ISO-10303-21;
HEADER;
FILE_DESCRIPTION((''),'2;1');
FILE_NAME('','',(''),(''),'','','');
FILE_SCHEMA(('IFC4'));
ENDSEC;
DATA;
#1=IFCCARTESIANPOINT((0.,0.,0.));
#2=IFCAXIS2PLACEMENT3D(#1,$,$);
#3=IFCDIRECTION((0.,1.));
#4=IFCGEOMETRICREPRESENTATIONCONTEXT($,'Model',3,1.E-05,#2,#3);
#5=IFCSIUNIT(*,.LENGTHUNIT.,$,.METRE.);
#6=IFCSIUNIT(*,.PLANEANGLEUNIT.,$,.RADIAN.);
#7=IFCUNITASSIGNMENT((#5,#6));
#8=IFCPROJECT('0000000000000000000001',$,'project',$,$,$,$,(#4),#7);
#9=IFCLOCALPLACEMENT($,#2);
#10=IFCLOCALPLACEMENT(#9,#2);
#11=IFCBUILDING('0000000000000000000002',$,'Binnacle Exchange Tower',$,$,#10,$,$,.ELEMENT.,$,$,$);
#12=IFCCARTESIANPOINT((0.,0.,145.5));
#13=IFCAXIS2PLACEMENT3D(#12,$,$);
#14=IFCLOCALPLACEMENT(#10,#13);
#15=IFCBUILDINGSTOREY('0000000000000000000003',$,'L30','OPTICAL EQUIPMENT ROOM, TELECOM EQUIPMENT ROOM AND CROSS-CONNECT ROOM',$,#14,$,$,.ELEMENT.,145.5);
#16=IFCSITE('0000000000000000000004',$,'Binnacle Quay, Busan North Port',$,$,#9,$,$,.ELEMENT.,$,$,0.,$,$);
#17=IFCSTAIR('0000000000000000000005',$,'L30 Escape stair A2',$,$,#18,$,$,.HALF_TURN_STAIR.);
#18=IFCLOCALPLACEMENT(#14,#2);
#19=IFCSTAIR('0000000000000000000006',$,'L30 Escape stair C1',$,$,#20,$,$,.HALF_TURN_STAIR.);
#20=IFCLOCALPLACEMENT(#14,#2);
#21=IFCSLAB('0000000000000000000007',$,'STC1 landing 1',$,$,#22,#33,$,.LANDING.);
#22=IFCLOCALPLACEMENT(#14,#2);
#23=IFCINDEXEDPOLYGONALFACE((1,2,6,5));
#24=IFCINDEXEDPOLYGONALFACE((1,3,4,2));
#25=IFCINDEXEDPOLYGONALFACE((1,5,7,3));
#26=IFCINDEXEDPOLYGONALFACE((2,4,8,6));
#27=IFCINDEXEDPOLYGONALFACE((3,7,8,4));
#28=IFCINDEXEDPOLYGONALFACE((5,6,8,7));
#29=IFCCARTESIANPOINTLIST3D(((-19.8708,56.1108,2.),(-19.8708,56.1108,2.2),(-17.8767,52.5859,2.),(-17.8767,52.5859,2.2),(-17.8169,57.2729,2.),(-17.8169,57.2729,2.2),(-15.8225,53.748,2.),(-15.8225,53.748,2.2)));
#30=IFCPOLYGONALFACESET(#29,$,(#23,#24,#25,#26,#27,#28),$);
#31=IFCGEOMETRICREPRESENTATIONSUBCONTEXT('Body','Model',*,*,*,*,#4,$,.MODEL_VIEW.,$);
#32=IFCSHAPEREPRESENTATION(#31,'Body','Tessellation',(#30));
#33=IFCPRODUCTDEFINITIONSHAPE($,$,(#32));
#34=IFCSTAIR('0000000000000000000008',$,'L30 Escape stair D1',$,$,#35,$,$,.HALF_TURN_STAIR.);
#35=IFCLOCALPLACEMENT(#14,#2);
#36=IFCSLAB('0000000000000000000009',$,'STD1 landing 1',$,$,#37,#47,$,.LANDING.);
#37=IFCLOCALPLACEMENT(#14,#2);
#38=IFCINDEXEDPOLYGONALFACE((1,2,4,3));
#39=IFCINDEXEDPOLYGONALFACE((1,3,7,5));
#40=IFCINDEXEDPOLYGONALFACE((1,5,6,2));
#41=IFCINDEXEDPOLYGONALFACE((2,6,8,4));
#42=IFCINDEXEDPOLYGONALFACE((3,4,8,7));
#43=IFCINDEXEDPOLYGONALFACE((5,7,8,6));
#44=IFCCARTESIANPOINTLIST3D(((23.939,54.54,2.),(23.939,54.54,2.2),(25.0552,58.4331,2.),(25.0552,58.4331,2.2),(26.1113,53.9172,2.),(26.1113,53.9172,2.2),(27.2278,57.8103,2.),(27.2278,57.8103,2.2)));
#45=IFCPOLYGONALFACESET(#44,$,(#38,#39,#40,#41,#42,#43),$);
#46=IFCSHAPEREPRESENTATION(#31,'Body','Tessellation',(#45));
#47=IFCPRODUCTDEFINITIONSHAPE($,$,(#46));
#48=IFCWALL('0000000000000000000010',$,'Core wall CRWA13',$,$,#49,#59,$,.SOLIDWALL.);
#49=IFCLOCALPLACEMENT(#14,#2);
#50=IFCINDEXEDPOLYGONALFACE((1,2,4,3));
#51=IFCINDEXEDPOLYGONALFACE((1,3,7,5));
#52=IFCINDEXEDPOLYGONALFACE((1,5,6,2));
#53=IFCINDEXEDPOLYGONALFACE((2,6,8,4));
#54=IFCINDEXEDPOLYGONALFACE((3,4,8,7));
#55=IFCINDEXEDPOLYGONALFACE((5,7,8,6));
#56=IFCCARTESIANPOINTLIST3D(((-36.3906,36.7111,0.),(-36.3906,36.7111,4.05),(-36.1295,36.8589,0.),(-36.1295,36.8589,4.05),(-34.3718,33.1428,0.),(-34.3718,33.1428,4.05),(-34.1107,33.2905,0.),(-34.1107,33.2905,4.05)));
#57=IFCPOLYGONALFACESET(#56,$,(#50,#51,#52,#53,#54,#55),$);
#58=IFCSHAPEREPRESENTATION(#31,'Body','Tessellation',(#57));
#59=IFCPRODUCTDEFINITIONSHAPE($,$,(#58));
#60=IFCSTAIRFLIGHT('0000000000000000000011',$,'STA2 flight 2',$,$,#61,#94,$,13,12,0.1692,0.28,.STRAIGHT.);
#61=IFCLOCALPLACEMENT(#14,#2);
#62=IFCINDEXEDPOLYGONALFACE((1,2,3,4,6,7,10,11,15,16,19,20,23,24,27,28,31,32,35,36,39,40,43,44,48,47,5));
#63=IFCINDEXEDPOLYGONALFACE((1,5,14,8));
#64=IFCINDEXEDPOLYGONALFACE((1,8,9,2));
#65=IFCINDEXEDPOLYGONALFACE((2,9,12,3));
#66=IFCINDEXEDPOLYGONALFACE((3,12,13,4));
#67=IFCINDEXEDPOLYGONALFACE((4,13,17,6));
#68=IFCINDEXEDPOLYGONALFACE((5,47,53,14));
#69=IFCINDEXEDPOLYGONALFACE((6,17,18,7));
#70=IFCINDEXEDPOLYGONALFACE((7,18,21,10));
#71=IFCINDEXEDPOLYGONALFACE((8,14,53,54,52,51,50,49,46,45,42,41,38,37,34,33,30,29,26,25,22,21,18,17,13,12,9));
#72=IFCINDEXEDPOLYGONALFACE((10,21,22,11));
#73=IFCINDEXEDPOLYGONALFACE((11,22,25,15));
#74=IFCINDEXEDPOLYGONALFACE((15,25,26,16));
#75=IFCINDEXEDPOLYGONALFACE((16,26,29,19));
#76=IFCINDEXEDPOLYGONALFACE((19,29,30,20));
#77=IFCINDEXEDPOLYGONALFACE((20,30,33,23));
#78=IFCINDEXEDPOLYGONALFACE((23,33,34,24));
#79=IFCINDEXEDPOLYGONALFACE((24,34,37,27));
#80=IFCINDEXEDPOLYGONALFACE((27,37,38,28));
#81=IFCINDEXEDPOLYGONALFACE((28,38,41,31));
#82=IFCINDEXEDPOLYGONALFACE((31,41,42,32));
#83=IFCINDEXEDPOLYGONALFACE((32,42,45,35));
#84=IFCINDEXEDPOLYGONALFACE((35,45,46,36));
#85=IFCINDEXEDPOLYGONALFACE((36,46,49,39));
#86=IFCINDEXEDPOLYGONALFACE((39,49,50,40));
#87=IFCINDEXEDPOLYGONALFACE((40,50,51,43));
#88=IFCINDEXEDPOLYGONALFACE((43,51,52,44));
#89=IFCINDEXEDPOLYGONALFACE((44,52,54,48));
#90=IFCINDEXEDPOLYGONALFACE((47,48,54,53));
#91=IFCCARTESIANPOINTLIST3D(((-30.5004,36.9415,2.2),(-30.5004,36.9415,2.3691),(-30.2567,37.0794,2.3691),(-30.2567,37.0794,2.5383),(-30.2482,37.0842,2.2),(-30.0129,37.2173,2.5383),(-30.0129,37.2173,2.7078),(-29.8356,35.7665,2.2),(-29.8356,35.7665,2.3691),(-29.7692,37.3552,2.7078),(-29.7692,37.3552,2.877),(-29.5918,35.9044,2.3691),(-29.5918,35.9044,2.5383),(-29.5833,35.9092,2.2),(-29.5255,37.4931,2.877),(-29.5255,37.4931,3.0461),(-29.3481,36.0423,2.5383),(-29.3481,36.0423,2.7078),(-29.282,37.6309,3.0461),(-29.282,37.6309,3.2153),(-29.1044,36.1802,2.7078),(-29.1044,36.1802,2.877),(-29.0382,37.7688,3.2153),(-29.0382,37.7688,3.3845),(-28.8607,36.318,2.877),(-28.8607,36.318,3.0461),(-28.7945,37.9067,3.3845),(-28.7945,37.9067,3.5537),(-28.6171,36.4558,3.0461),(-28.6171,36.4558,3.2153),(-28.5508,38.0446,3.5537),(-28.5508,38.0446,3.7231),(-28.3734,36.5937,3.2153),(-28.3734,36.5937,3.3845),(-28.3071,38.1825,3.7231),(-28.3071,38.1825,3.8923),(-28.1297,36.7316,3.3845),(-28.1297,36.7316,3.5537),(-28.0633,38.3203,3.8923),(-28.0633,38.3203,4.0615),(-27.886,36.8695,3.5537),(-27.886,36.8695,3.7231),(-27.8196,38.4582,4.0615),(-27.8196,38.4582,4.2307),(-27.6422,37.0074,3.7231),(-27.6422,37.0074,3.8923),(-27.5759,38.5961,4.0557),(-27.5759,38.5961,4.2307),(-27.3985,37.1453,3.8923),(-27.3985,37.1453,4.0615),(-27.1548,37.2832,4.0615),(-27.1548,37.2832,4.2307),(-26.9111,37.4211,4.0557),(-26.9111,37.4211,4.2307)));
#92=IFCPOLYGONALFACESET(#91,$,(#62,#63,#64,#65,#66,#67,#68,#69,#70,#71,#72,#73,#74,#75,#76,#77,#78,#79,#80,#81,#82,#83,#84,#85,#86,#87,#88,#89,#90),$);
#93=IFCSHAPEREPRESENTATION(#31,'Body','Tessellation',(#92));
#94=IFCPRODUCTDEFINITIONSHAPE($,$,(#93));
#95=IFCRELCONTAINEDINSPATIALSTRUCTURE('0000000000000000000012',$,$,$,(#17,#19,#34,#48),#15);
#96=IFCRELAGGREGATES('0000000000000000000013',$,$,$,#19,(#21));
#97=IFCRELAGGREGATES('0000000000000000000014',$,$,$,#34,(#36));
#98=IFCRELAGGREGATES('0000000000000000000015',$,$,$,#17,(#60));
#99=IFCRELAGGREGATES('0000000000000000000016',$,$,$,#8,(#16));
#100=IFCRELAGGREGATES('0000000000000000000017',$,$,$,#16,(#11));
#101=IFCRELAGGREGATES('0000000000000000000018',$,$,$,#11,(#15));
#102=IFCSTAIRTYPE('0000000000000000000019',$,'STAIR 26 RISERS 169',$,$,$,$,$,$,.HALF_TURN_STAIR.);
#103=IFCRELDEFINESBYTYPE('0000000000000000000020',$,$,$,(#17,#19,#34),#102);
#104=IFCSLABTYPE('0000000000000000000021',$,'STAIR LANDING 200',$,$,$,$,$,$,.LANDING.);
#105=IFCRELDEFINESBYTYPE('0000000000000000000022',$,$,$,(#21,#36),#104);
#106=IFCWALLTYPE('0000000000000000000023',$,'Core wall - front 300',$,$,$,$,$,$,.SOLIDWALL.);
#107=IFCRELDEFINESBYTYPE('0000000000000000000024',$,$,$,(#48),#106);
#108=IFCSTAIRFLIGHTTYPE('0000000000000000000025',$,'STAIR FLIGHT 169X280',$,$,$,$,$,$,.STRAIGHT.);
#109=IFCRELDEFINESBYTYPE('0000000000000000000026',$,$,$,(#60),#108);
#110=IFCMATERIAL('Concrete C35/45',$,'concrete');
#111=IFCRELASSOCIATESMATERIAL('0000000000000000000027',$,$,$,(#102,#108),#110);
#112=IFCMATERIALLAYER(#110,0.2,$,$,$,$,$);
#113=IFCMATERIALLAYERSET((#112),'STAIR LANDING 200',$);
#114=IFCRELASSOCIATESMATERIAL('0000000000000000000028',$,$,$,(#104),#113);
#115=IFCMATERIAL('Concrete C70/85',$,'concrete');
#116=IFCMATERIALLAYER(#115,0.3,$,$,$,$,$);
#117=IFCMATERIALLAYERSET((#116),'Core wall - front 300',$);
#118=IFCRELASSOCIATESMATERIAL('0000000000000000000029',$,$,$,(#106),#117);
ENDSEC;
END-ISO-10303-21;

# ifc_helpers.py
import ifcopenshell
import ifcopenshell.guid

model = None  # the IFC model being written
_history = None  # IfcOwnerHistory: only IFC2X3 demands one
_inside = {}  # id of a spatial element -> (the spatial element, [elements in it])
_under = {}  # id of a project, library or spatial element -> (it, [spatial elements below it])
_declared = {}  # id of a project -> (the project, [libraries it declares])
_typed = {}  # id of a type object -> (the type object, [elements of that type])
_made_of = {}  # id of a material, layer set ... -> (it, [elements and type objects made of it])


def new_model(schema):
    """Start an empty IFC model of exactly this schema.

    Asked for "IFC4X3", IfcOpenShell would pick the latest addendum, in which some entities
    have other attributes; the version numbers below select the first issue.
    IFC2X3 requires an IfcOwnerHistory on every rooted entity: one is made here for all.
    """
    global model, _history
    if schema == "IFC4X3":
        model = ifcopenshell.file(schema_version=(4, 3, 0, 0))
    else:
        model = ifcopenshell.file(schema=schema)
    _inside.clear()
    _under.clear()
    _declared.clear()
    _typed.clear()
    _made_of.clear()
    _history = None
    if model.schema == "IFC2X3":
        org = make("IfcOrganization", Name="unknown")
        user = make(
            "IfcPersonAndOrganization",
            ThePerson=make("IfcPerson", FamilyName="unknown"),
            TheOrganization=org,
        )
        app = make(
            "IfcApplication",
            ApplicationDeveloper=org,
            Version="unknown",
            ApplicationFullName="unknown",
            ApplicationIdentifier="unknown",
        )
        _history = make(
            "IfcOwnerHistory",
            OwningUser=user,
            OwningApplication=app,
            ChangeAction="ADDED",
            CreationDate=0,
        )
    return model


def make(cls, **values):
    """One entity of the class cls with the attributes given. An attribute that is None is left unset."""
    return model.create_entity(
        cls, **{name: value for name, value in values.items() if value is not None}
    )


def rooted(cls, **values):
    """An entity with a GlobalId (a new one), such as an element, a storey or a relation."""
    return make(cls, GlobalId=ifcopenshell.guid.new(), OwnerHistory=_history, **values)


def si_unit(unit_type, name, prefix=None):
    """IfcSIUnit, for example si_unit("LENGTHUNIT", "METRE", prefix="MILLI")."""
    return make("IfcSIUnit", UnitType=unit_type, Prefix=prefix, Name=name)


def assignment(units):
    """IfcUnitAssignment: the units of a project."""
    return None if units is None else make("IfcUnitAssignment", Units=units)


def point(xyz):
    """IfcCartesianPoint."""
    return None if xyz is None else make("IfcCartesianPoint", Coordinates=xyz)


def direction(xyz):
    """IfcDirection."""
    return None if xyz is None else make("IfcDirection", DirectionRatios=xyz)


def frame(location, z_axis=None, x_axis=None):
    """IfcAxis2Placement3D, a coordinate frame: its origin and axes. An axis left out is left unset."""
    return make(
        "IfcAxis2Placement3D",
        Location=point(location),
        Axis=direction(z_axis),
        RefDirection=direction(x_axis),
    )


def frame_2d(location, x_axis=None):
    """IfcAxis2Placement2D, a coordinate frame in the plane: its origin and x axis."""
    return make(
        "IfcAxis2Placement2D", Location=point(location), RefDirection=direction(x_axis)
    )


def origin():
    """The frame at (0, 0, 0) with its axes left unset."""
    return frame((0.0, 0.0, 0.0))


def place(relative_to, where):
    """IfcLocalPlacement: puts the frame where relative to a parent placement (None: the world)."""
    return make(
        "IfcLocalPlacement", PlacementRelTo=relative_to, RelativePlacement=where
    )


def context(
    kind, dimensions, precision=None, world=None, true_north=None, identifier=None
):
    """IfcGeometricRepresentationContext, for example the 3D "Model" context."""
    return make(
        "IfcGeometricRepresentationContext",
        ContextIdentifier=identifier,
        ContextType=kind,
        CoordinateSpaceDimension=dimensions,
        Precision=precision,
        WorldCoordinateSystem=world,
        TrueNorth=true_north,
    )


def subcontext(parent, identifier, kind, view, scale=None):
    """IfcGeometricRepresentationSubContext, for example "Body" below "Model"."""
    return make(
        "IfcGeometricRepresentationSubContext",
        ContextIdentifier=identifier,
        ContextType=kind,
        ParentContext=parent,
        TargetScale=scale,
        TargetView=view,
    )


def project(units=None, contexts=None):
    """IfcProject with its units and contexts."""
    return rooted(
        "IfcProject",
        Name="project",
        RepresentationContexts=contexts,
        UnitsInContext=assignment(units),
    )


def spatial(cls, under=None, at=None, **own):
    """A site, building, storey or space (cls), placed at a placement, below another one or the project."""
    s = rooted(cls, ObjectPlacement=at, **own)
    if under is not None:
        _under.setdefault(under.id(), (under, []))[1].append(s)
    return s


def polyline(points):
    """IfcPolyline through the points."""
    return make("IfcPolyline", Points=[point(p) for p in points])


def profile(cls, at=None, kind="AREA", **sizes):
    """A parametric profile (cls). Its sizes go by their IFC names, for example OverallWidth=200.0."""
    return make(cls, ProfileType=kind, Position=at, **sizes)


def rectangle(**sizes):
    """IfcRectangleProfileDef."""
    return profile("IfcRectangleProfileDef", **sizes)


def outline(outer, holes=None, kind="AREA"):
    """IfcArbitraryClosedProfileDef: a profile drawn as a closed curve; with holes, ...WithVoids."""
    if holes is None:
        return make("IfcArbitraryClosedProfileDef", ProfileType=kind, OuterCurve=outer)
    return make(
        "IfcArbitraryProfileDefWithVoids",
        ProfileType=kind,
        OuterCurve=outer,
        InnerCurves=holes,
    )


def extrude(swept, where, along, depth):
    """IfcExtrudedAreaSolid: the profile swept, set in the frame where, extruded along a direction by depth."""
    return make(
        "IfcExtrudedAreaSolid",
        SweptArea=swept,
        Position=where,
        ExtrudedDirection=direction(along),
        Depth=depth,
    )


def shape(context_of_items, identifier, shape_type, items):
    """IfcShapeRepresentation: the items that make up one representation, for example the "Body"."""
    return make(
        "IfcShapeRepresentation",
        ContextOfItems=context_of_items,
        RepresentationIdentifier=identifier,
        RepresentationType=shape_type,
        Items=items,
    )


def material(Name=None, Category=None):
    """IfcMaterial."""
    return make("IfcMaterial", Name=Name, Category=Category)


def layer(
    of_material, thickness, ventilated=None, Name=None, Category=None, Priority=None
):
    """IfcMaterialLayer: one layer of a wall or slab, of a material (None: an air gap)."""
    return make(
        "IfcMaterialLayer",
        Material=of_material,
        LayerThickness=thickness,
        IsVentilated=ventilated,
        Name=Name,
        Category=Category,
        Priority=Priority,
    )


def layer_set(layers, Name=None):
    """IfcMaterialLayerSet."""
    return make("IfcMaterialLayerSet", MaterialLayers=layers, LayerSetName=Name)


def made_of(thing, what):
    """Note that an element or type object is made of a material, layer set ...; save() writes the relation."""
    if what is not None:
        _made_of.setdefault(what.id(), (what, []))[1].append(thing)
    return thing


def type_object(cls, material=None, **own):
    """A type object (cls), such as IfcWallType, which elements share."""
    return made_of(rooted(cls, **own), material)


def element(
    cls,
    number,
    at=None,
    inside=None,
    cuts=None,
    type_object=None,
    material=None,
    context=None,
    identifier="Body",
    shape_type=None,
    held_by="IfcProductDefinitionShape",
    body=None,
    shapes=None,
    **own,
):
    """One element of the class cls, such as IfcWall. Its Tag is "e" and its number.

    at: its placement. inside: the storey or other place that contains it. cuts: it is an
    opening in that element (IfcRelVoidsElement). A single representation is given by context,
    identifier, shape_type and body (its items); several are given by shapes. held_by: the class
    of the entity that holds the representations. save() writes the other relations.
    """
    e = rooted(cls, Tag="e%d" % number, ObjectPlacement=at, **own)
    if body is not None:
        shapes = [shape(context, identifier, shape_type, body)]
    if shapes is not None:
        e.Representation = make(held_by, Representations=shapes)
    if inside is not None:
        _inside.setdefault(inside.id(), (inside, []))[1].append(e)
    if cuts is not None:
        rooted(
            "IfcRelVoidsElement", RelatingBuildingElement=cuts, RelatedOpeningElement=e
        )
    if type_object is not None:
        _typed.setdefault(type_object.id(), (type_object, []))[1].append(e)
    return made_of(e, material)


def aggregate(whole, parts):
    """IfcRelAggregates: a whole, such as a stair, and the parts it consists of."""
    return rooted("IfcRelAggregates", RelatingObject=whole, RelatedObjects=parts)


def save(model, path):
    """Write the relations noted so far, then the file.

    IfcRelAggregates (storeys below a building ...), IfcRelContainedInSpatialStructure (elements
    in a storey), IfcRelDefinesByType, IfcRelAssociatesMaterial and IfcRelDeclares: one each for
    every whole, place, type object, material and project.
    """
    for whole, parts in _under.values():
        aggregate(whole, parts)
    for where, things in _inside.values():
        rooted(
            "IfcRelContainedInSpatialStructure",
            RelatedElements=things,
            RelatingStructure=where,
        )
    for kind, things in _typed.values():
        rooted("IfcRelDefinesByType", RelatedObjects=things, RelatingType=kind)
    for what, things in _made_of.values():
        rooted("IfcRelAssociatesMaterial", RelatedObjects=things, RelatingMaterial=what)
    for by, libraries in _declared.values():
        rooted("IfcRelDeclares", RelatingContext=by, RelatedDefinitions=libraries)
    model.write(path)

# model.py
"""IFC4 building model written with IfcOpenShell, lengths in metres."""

from ifc_helpers import new_model, si_unit, direction, frame, frame_2d, origin, place, context, subcontext, project, spatial, polyline, rectangle, outline, extrude, material, layer, layer_set, type_object, element, aggregate, save


model = new_model("IFC4")

# Units and contexts
model_context = context("Model", 3, precision=1e-05, world=origin(), true_north=direction((0.0, 1.0)))
body_context = subcontext(model_context, "Body", "Model", "MODEL_VIEW")
ifc_project = project(units=[si_unit("LENGTHUNIT", "METRE"), si_unit("PLANEANGLEUNIT", "RADIAN")], contexts=[model_context])

# Site, building, storey
site_placement = place(None, origin())
site = spatial("IfcSite", under=ifc_project, at=site_placement, Name="Binnacle Quay, Busan North Port", CompositionType="ELEMENT", RefElevation=0.0)
building_placement = place(site_placement, origin())
building = spatial("IfcBuilding", under=site, at=building_placement, Name="Binnacle Exchange Tower", CompositionType="ELEMENT")
storey_placement = place(building_placement, frame((0.0, 0.0, 145.5)))
storey = spatial("IfcBuildingStorey", under=building, at=storey_placement, Name="L30", Description="OPTICAL EQUIPMENT ROOM, TELECOM EQUIPMENT ROOM AND CROSS-CONNECT ROOM", CompositionType="ELEMENT", Elevation=145.5)

# Shared definitions
ifc_material_1 = material(Name="Concrete C70/85", Category="concrete")

# Shared definitions
ifc_material_2 = material(Name="Concrete C35/45", Category="concrete")

# Stairs, slabs
stair_type = type_object("IfcStairType", Name="STAIR 26 RISERS 169", PredefinedType="HALF_TURN_STAIR", material=ifc_material_2)
ifc_layer_1 = layer(ifc_material_2, 0.2)
ifc_layer_set_1 = layer_set([ifc_layer_1], Name="STAIR LANDING 200")
slab_type_1 = type_object("IfcSlabType", Name="STAIR LANDING 200", PredefinedType="LANDING", material=ifc_layer_set_1)
stair_1_placement = place(storey_placement, origin())
stair_1 = element("IfcStair", 1, at=stair_1_placement, inside=storey, type_object=stair_type, Name="L30 Escape stair A2", PredefinedType="HALF_TURN_STAIR")
stair_2_placement = place(storey_placement, origin())
stair_2 = element("IfcStair", 2, at=stair_2_placement, inside=storey, type_object=stair_type, Name="L30 Escape stair C1", PredefinedType="HALF_TURN_STAIR")
slab_1_placement = place(storey_placement, frame((0.0, 0.0, 2.0)))
slab_1 = element("IfcSlab", 3, at=slab_1_placement, type_object=slab_type_1, Name="STC1 landing 1", PredefinedType="LANDING", context=body_context, shape_type="SweptSolid", body=[
    extrude(outline(polyline([(-17.8767, 52.5859), (-15.8225, 53.748), (-17.8169, 57.2729), (-19.8708, 56.1108), (-17.8767, 52.5859)])), origin(), (0.0, 0.0, 1.0), 0.2),
])
aggregate(stair_2, [slab_1])
stair_3_placement = place(storey_placement, origin())
stair_3 = element("IfcStair", 4, at=stair_3_placement, inside=storey, type_object=stair_type, Name="L30 Escape stair D1", PredefinedType="HALF_TURN_STAIR")
slab_2_placement = place(storey_placement, frame((0.0, 0.0, 2.0)))
slab_2 = element("IfcSlab", 5, at=slab_2_placement, type_object=slab_type_1, Name="STD1 landing 1", PredefinedType="LANDING", context=body_context, shape_type="SweptSolid", body=[
    extrude(outline(polyline([(23.939, 54.54), (26.1113, 53.9172), (27.2278, 57.8103), (25.0552, 58.4331), (23.939, 54.54)])), origin(), (0.0, 0.0, 1.0), 0.2),
])
aggregate(stair_3, [slab_2])

# Wall
ifc_layer_2 = layer(ifc_material_1, 0.3)
ifc_layer_set_2 = layer_set([ifc_layer_2], Name="Core wall - front 300")
wall_type = type_object("IfcWallType", Name="Core wall - front 300", PredefinedType="SOLIDWALL", material=ifc_layer_set_2)
wall_placement = place(storey_placement, frame((-36.26, 36.7849, 0.0), z_axis=(0.0, 0.0, 1.0), x_axis=(0.492408, -0.870364, 0.0)))
element("IfcWall", 6, at=wall_placement, inside=storey, type_object=wall_type, Name="Core wall CRWA13", PredefinedType="SOLIDWALL", context=body_context, shape_type="SweptSolid", body=[
    extrude(rectangle(XDim=4.0999, YDim=0.3, at=frame_2d((2.0498, 0.0))), origin(), (0.0, 0.0, 1.0), 4.05),
])

# Stair flight
stair_flight_type = type_object("IfcStairFlightType", Name="STAIR FLIGHT 169X280", PredefinedType="STRAIGHT", material=ifc_material_2)
stair_flight_placement = place(storey_placement, frame((-30.168, 36.354, 2.2), z_axis=(0.0, 0.0, 1.0), x_axis=(0.870356, 0.492424, 0.0)))
stair_flight = element("IfcStairFlight", 7, at=stair_flight_placement, type_object=stair_flight_type, Name="STA2 flight 2", NumberOfRisers=13, NumberOfTreads=12, PredefinedType="STRAIGHT", RiserHeight=0.1692, TreadLength=0.28, context=body_context, shape_type="SweptSolid", body=[
    extrude(outline(polyline([(0.0, 0.0), (0.0, 0.1692), (0.28, 0.1692), (0.28, 0.3384), (0.5601, 0.3384), (0.5601, 0.5078), (0.8401, 0.5078), (0.8401, 0.677), (1.1201, 0.677), (1.1201, 0.8462), (1.3999, 0.8462), (1.3999, 1.0154), (1.6799, 1.0154), (1.6799, 1.1846), (1.96, 1.1846), (1.96, 1.3538), (2.24, 1.3538), (2.24, 1.5232), (2.52, 1.5232), (2.52, 1.6924), (2.8, 1.6924), (2.8, 1.8616), (3.0801, 1.8616), (3.0801, 2.0308), (3.3601, 2.0308), (3.3601, 2.2), (3.3601, 1.8557), (0.2898, 0.0), (0.0, 0.0)])), frame((0.0, 0.675, 0.0), z_axis=(0.0, -1.0, 0.0), x_axis=(1.0, 0.0, 0.0)), (0.0, 0.0, 1.0), 1.3501),
])
aggregate(stair_1, [stair_flight])

save(model, "model.ifc")
